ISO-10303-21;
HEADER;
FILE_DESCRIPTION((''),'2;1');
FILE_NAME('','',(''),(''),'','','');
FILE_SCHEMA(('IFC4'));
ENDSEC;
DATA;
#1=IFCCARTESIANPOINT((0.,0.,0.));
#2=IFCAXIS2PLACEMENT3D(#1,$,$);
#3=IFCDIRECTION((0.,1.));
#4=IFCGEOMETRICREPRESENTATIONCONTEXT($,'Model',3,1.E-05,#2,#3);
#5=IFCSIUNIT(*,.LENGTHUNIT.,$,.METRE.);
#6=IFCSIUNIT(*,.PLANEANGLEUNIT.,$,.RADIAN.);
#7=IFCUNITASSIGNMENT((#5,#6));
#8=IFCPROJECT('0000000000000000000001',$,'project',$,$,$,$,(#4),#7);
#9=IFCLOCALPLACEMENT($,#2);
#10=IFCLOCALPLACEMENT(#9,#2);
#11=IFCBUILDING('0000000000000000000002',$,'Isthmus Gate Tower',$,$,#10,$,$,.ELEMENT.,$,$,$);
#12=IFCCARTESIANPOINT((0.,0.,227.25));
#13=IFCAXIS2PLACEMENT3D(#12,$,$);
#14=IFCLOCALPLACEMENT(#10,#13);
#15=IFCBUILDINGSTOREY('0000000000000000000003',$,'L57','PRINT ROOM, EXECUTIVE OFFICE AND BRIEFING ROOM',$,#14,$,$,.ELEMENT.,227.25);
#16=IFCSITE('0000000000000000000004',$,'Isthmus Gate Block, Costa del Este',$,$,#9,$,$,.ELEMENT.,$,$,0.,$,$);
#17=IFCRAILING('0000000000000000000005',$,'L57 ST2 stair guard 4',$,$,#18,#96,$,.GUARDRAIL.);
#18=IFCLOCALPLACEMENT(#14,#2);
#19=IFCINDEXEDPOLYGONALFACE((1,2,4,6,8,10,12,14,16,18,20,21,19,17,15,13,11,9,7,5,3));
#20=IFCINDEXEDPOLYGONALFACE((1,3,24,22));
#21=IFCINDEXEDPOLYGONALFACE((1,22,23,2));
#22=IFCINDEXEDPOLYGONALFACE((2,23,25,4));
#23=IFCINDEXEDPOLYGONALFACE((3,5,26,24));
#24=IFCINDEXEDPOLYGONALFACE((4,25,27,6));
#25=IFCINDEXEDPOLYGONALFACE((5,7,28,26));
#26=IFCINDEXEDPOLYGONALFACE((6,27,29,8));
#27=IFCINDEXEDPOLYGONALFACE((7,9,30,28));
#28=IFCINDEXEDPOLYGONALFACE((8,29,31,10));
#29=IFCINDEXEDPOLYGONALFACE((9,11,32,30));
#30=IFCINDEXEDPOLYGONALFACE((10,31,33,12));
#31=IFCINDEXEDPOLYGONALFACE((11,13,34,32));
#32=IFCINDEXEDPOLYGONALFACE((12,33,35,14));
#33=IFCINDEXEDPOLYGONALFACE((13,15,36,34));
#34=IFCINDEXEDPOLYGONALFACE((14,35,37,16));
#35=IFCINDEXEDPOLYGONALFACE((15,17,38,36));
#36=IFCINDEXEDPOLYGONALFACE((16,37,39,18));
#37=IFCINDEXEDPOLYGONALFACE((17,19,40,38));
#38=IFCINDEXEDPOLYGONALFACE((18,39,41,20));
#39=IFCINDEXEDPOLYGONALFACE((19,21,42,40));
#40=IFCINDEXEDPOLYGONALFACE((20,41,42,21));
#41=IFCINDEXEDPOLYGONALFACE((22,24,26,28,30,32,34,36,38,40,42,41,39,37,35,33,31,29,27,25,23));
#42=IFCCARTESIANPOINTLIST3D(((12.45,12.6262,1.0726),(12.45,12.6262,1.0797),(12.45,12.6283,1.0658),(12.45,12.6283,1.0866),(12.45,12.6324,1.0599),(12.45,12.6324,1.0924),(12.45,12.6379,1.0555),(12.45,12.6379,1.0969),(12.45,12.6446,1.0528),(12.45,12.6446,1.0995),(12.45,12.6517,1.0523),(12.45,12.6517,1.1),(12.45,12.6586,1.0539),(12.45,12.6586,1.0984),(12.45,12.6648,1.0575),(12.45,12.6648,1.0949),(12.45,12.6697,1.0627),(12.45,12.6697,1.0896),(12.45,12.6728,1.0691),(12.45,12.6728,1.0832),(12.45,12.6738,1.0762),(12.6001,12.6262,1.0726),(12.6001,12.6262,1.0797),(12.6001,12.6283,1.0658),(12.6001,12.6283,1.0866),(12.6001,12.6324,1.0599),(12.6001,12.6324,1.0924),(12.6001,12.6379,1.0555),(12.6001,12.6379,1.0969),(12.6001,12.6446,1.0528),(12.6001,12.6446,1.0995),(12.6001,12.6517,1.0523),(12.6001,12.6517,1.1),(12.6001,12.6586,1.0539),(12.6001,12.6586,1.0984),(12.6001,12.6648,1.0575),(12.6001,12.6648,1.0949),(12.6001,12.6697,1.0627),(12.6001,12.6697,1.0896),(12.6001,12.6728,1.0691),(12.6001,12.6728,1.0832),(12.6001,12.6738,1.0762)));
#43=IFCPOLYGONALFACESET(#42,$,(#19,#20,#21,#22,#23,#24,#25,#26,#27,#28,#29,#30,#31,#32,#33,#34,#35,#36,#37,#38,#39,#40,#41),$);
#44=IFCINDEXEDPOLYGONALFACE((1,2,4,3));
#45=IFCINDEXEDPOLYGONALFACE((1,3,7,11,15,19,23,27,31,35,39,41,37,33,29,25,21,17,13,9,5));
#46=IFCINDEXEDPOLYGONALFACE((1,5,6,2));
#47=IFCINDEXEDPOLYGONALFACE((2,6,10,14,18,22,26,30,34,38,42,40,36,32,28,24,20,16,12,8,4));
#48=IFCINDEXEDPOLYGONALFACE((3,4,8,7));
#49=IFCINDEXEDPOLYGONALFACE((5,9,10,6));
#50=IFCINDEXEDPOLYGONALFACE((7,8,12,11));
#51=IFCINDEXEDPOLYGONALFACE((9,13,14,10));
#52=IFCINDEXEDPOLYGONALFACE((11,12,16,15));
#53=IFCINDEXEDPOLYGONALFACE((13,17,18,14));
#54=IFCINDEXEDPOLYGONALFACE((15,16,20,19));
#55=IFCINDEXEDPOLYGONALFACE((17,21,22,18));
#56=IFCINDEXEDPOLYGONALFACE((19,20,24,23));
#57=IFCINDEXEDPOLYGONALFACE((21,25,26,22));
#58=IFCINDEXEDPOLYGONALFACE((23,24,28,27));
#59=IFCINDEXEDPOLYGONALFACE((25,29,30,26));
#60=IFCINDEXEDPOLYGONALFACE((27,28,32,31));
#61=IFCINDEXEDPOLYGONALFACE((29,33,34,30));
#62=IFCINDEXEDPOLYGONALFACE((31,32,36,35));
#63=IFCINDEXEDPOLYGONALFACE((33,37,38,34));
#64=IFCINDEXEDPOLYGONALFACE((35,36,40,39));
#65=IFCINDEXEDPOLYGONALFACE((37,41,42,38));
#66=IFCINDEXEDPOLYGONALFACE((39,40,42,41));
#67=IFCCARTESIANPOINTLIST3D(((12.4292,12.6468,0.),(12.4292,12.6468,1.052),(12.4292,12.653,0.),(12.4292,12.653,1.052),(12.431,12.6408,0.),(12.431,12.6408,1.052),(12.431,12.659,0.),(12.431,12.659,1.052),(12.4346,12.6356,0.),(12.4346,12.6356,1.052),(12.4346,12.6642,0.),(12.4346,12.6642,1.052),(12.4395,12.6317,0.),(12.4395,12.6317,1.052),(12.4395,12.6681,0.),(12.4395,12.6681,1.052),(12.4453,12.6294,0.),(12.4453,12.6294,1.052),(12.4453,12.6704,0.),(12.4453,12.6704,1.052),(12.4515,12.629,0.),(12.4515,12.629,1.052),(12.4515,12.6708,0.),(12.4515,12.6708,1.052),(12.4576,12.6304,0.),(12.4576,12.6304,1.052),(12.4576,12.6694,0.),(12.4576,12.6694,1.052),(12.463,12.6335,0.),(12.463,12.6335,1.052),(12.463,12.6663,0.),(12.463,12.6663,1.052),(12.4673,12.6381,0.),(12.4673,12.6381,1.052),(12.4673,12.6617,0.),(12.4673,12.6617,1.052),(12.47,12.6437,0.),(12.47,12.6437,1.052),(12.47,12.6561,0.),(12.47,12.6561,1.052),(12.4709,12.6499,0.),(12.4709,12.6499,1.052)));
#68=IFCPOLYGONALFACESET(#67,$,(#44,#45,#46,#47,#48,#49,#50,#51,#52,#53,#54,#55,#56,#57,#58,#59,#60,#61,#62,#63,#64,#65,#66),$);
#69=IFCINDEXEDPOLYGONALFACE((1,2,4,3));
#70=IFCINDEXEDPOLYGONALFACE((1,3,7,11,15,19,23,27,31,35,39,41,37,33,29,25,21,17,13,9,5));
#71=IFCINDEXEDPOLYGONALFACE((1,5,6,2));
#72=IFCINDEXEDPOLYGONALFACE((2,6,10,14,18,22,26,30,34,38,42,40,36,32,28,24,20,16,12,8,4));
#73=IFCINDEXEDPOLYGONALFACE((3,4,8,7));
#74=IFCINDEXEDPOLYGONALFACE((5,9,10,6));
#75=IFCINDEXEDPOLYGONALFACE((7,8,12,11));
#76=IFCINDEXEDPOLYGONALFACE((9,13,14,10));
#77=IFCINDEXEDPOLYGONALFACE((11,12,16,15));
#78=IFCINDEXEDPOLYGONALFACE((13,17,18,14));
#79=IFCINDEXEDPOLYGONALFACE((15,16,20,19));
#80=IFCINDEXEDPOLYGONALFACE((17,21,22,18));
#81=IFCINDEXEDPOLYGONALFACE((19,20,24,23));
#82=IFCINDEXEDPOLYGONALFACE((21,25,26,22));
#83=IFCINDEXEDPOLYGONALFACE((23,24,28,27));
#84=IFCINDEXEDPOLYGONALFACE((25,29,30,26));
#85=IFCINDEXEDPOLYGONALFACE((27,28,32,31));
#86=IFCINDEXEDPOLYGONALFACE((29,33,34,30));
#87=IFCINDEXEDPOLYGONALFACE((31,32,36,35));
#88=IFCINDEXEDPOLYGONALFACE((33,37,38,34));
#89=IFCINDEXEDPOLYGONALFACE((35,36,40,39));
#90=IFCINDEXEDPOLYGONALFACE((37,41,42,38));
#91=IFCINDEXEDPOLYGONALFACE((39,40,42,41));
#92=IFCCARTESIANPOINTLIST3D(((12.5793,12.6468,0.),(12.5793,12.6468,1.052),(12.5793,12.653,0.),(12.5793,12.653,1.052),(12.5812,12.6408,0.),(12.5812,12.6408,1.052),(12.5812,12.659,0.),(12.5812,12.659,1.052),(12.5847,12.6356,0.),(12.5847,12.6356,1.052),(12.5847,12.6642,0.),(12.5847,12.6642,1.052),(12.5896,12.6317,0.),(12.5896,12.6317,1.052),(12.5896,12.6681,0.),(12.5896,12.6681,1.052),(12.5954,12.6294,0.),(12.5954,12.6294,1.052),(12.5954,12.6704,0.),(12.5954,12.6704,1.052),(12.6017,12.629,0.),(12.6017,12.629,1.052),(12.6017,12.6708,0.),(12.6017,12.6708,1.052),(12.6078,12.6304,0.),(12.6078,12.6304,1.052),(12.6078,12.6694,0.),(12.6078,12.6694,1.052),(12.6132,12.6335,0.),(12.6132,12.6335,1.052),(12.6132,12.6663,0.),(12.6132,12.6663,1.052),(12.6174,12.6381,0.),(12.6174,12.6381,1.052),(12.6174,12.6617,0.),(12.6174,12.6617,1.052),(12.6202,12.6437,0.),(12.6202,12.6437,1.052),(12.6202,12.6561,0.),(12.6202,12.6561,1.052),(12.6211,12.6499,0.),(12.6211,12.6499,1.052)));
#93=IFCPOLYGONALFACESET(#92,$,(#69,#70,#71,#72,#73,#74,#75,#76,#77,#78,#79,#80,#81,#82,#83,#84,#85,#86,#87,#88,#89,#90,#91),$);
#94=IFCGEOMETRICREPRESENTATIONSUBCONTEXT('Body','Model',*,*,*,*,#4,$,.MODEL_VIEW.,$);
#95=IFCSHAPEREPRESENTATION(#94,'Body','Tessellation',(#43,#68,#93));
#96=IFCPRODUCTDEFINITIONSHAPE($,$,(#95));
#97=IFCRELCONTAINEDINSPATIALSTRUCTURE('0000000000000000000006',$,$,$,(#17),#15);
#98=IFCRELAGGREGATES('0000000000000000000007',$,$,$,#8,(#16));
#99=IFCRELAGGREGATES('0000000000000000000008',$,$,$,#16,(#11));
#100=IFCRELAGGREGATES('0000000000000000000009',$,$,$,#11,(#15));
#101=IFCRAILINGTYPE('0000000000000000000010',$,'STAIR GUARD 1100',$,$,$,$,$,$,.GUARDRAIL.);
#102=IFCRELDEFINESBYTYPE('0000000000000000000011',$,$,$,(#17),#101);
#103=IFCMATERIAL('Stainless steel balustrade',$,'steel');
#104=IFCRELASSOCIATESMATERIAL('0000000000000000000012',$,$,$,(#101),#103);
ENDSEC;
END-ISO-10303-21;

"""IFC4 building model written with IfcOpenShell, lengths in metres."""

from ifc_helpers import new_model, si_unit, direction, frame, origin, origin_2d, place, context, subcontext, project, spatial, circle, extrude, material, type_object, element, save


model = new_model("IFC4")

# Units and contexts
model_context = context("Model", 3, precision=1e-05, world=origin(), true_north=direction((0.0, 1.0)))
body_context = subcontext(model_context, "Body", "Model", "MODEL_VIEW")
ifc_project = project(units=[si_unit("LENGTHUNIT", "METRE"), si_unit("PLANEANGLEUNIT", "RADIAN")], contexts=[model_context])

# Site, building, storey
site_placement = place(None, origin())
site = spatial("IfcSite", under=ifc_project, at=site_placement, Name="Isthmus Gate Block, Costa del Este", CompositionType="ELEMENT", RefElevation=0.0)
building_placement = place(site_placement, origin())
building = spatial("IfcBuilding", under=site, at=building_placement, Name="Isthmus Gate Tower", CompositionType="ELEMENT")
storey_placement = place(building_placement, frame((0.0, 0.0, 227.25)))
storey = spatial("IfcBuildingStorey", under=building, at=storey_placement, Name="L57", Description="PRINT ROOM, EXECUTIVE OFFICE AND BRIEFING ROOM", CompositionType="ELEMENT", Elevation=227.25)

# Railing
ifc_material_1 = material(Name="Stainless steel balustrade", Category="steel")
railing_type = type_object("IfcRailingType", Name="STAIR GUARD 1100", PredefinedType="GUARDRAIL", material=ifc_material_1)
railing_1_placement = place(storey_placement, frame((12.45, 12.6499, 0.0)))
element("IfcRailing", 1, at=railing_1_placement, inside=storey, type_object=railing_type, Name="L57 ST2 stair guard 4", PredefinedType="GUARDRAIL", context=body_context, shape_type="SweptSolid", body=[
    extrude(circle(Radius=0.0239, at=origin_2d()), frame((0.0, 0.0, 1.0762), z_axis=(1.0, 0.0, 0.0), x_axis=(0.0, 1.0, 0.0)), (0.0, 0.0, 1.0), 0.1501),
    extrude(circle(Radius=0.021, at=origin_2d()), origin(), (0.0, 0.0, 1.0), 1.052),
    extrude(circle(Radius=0.021, at=origin_2d()), frame((0.1501, 0.0, 0.0)), (0.0, 0.0, 1.0), 1.052),
])

save(model, "model.ifc")
